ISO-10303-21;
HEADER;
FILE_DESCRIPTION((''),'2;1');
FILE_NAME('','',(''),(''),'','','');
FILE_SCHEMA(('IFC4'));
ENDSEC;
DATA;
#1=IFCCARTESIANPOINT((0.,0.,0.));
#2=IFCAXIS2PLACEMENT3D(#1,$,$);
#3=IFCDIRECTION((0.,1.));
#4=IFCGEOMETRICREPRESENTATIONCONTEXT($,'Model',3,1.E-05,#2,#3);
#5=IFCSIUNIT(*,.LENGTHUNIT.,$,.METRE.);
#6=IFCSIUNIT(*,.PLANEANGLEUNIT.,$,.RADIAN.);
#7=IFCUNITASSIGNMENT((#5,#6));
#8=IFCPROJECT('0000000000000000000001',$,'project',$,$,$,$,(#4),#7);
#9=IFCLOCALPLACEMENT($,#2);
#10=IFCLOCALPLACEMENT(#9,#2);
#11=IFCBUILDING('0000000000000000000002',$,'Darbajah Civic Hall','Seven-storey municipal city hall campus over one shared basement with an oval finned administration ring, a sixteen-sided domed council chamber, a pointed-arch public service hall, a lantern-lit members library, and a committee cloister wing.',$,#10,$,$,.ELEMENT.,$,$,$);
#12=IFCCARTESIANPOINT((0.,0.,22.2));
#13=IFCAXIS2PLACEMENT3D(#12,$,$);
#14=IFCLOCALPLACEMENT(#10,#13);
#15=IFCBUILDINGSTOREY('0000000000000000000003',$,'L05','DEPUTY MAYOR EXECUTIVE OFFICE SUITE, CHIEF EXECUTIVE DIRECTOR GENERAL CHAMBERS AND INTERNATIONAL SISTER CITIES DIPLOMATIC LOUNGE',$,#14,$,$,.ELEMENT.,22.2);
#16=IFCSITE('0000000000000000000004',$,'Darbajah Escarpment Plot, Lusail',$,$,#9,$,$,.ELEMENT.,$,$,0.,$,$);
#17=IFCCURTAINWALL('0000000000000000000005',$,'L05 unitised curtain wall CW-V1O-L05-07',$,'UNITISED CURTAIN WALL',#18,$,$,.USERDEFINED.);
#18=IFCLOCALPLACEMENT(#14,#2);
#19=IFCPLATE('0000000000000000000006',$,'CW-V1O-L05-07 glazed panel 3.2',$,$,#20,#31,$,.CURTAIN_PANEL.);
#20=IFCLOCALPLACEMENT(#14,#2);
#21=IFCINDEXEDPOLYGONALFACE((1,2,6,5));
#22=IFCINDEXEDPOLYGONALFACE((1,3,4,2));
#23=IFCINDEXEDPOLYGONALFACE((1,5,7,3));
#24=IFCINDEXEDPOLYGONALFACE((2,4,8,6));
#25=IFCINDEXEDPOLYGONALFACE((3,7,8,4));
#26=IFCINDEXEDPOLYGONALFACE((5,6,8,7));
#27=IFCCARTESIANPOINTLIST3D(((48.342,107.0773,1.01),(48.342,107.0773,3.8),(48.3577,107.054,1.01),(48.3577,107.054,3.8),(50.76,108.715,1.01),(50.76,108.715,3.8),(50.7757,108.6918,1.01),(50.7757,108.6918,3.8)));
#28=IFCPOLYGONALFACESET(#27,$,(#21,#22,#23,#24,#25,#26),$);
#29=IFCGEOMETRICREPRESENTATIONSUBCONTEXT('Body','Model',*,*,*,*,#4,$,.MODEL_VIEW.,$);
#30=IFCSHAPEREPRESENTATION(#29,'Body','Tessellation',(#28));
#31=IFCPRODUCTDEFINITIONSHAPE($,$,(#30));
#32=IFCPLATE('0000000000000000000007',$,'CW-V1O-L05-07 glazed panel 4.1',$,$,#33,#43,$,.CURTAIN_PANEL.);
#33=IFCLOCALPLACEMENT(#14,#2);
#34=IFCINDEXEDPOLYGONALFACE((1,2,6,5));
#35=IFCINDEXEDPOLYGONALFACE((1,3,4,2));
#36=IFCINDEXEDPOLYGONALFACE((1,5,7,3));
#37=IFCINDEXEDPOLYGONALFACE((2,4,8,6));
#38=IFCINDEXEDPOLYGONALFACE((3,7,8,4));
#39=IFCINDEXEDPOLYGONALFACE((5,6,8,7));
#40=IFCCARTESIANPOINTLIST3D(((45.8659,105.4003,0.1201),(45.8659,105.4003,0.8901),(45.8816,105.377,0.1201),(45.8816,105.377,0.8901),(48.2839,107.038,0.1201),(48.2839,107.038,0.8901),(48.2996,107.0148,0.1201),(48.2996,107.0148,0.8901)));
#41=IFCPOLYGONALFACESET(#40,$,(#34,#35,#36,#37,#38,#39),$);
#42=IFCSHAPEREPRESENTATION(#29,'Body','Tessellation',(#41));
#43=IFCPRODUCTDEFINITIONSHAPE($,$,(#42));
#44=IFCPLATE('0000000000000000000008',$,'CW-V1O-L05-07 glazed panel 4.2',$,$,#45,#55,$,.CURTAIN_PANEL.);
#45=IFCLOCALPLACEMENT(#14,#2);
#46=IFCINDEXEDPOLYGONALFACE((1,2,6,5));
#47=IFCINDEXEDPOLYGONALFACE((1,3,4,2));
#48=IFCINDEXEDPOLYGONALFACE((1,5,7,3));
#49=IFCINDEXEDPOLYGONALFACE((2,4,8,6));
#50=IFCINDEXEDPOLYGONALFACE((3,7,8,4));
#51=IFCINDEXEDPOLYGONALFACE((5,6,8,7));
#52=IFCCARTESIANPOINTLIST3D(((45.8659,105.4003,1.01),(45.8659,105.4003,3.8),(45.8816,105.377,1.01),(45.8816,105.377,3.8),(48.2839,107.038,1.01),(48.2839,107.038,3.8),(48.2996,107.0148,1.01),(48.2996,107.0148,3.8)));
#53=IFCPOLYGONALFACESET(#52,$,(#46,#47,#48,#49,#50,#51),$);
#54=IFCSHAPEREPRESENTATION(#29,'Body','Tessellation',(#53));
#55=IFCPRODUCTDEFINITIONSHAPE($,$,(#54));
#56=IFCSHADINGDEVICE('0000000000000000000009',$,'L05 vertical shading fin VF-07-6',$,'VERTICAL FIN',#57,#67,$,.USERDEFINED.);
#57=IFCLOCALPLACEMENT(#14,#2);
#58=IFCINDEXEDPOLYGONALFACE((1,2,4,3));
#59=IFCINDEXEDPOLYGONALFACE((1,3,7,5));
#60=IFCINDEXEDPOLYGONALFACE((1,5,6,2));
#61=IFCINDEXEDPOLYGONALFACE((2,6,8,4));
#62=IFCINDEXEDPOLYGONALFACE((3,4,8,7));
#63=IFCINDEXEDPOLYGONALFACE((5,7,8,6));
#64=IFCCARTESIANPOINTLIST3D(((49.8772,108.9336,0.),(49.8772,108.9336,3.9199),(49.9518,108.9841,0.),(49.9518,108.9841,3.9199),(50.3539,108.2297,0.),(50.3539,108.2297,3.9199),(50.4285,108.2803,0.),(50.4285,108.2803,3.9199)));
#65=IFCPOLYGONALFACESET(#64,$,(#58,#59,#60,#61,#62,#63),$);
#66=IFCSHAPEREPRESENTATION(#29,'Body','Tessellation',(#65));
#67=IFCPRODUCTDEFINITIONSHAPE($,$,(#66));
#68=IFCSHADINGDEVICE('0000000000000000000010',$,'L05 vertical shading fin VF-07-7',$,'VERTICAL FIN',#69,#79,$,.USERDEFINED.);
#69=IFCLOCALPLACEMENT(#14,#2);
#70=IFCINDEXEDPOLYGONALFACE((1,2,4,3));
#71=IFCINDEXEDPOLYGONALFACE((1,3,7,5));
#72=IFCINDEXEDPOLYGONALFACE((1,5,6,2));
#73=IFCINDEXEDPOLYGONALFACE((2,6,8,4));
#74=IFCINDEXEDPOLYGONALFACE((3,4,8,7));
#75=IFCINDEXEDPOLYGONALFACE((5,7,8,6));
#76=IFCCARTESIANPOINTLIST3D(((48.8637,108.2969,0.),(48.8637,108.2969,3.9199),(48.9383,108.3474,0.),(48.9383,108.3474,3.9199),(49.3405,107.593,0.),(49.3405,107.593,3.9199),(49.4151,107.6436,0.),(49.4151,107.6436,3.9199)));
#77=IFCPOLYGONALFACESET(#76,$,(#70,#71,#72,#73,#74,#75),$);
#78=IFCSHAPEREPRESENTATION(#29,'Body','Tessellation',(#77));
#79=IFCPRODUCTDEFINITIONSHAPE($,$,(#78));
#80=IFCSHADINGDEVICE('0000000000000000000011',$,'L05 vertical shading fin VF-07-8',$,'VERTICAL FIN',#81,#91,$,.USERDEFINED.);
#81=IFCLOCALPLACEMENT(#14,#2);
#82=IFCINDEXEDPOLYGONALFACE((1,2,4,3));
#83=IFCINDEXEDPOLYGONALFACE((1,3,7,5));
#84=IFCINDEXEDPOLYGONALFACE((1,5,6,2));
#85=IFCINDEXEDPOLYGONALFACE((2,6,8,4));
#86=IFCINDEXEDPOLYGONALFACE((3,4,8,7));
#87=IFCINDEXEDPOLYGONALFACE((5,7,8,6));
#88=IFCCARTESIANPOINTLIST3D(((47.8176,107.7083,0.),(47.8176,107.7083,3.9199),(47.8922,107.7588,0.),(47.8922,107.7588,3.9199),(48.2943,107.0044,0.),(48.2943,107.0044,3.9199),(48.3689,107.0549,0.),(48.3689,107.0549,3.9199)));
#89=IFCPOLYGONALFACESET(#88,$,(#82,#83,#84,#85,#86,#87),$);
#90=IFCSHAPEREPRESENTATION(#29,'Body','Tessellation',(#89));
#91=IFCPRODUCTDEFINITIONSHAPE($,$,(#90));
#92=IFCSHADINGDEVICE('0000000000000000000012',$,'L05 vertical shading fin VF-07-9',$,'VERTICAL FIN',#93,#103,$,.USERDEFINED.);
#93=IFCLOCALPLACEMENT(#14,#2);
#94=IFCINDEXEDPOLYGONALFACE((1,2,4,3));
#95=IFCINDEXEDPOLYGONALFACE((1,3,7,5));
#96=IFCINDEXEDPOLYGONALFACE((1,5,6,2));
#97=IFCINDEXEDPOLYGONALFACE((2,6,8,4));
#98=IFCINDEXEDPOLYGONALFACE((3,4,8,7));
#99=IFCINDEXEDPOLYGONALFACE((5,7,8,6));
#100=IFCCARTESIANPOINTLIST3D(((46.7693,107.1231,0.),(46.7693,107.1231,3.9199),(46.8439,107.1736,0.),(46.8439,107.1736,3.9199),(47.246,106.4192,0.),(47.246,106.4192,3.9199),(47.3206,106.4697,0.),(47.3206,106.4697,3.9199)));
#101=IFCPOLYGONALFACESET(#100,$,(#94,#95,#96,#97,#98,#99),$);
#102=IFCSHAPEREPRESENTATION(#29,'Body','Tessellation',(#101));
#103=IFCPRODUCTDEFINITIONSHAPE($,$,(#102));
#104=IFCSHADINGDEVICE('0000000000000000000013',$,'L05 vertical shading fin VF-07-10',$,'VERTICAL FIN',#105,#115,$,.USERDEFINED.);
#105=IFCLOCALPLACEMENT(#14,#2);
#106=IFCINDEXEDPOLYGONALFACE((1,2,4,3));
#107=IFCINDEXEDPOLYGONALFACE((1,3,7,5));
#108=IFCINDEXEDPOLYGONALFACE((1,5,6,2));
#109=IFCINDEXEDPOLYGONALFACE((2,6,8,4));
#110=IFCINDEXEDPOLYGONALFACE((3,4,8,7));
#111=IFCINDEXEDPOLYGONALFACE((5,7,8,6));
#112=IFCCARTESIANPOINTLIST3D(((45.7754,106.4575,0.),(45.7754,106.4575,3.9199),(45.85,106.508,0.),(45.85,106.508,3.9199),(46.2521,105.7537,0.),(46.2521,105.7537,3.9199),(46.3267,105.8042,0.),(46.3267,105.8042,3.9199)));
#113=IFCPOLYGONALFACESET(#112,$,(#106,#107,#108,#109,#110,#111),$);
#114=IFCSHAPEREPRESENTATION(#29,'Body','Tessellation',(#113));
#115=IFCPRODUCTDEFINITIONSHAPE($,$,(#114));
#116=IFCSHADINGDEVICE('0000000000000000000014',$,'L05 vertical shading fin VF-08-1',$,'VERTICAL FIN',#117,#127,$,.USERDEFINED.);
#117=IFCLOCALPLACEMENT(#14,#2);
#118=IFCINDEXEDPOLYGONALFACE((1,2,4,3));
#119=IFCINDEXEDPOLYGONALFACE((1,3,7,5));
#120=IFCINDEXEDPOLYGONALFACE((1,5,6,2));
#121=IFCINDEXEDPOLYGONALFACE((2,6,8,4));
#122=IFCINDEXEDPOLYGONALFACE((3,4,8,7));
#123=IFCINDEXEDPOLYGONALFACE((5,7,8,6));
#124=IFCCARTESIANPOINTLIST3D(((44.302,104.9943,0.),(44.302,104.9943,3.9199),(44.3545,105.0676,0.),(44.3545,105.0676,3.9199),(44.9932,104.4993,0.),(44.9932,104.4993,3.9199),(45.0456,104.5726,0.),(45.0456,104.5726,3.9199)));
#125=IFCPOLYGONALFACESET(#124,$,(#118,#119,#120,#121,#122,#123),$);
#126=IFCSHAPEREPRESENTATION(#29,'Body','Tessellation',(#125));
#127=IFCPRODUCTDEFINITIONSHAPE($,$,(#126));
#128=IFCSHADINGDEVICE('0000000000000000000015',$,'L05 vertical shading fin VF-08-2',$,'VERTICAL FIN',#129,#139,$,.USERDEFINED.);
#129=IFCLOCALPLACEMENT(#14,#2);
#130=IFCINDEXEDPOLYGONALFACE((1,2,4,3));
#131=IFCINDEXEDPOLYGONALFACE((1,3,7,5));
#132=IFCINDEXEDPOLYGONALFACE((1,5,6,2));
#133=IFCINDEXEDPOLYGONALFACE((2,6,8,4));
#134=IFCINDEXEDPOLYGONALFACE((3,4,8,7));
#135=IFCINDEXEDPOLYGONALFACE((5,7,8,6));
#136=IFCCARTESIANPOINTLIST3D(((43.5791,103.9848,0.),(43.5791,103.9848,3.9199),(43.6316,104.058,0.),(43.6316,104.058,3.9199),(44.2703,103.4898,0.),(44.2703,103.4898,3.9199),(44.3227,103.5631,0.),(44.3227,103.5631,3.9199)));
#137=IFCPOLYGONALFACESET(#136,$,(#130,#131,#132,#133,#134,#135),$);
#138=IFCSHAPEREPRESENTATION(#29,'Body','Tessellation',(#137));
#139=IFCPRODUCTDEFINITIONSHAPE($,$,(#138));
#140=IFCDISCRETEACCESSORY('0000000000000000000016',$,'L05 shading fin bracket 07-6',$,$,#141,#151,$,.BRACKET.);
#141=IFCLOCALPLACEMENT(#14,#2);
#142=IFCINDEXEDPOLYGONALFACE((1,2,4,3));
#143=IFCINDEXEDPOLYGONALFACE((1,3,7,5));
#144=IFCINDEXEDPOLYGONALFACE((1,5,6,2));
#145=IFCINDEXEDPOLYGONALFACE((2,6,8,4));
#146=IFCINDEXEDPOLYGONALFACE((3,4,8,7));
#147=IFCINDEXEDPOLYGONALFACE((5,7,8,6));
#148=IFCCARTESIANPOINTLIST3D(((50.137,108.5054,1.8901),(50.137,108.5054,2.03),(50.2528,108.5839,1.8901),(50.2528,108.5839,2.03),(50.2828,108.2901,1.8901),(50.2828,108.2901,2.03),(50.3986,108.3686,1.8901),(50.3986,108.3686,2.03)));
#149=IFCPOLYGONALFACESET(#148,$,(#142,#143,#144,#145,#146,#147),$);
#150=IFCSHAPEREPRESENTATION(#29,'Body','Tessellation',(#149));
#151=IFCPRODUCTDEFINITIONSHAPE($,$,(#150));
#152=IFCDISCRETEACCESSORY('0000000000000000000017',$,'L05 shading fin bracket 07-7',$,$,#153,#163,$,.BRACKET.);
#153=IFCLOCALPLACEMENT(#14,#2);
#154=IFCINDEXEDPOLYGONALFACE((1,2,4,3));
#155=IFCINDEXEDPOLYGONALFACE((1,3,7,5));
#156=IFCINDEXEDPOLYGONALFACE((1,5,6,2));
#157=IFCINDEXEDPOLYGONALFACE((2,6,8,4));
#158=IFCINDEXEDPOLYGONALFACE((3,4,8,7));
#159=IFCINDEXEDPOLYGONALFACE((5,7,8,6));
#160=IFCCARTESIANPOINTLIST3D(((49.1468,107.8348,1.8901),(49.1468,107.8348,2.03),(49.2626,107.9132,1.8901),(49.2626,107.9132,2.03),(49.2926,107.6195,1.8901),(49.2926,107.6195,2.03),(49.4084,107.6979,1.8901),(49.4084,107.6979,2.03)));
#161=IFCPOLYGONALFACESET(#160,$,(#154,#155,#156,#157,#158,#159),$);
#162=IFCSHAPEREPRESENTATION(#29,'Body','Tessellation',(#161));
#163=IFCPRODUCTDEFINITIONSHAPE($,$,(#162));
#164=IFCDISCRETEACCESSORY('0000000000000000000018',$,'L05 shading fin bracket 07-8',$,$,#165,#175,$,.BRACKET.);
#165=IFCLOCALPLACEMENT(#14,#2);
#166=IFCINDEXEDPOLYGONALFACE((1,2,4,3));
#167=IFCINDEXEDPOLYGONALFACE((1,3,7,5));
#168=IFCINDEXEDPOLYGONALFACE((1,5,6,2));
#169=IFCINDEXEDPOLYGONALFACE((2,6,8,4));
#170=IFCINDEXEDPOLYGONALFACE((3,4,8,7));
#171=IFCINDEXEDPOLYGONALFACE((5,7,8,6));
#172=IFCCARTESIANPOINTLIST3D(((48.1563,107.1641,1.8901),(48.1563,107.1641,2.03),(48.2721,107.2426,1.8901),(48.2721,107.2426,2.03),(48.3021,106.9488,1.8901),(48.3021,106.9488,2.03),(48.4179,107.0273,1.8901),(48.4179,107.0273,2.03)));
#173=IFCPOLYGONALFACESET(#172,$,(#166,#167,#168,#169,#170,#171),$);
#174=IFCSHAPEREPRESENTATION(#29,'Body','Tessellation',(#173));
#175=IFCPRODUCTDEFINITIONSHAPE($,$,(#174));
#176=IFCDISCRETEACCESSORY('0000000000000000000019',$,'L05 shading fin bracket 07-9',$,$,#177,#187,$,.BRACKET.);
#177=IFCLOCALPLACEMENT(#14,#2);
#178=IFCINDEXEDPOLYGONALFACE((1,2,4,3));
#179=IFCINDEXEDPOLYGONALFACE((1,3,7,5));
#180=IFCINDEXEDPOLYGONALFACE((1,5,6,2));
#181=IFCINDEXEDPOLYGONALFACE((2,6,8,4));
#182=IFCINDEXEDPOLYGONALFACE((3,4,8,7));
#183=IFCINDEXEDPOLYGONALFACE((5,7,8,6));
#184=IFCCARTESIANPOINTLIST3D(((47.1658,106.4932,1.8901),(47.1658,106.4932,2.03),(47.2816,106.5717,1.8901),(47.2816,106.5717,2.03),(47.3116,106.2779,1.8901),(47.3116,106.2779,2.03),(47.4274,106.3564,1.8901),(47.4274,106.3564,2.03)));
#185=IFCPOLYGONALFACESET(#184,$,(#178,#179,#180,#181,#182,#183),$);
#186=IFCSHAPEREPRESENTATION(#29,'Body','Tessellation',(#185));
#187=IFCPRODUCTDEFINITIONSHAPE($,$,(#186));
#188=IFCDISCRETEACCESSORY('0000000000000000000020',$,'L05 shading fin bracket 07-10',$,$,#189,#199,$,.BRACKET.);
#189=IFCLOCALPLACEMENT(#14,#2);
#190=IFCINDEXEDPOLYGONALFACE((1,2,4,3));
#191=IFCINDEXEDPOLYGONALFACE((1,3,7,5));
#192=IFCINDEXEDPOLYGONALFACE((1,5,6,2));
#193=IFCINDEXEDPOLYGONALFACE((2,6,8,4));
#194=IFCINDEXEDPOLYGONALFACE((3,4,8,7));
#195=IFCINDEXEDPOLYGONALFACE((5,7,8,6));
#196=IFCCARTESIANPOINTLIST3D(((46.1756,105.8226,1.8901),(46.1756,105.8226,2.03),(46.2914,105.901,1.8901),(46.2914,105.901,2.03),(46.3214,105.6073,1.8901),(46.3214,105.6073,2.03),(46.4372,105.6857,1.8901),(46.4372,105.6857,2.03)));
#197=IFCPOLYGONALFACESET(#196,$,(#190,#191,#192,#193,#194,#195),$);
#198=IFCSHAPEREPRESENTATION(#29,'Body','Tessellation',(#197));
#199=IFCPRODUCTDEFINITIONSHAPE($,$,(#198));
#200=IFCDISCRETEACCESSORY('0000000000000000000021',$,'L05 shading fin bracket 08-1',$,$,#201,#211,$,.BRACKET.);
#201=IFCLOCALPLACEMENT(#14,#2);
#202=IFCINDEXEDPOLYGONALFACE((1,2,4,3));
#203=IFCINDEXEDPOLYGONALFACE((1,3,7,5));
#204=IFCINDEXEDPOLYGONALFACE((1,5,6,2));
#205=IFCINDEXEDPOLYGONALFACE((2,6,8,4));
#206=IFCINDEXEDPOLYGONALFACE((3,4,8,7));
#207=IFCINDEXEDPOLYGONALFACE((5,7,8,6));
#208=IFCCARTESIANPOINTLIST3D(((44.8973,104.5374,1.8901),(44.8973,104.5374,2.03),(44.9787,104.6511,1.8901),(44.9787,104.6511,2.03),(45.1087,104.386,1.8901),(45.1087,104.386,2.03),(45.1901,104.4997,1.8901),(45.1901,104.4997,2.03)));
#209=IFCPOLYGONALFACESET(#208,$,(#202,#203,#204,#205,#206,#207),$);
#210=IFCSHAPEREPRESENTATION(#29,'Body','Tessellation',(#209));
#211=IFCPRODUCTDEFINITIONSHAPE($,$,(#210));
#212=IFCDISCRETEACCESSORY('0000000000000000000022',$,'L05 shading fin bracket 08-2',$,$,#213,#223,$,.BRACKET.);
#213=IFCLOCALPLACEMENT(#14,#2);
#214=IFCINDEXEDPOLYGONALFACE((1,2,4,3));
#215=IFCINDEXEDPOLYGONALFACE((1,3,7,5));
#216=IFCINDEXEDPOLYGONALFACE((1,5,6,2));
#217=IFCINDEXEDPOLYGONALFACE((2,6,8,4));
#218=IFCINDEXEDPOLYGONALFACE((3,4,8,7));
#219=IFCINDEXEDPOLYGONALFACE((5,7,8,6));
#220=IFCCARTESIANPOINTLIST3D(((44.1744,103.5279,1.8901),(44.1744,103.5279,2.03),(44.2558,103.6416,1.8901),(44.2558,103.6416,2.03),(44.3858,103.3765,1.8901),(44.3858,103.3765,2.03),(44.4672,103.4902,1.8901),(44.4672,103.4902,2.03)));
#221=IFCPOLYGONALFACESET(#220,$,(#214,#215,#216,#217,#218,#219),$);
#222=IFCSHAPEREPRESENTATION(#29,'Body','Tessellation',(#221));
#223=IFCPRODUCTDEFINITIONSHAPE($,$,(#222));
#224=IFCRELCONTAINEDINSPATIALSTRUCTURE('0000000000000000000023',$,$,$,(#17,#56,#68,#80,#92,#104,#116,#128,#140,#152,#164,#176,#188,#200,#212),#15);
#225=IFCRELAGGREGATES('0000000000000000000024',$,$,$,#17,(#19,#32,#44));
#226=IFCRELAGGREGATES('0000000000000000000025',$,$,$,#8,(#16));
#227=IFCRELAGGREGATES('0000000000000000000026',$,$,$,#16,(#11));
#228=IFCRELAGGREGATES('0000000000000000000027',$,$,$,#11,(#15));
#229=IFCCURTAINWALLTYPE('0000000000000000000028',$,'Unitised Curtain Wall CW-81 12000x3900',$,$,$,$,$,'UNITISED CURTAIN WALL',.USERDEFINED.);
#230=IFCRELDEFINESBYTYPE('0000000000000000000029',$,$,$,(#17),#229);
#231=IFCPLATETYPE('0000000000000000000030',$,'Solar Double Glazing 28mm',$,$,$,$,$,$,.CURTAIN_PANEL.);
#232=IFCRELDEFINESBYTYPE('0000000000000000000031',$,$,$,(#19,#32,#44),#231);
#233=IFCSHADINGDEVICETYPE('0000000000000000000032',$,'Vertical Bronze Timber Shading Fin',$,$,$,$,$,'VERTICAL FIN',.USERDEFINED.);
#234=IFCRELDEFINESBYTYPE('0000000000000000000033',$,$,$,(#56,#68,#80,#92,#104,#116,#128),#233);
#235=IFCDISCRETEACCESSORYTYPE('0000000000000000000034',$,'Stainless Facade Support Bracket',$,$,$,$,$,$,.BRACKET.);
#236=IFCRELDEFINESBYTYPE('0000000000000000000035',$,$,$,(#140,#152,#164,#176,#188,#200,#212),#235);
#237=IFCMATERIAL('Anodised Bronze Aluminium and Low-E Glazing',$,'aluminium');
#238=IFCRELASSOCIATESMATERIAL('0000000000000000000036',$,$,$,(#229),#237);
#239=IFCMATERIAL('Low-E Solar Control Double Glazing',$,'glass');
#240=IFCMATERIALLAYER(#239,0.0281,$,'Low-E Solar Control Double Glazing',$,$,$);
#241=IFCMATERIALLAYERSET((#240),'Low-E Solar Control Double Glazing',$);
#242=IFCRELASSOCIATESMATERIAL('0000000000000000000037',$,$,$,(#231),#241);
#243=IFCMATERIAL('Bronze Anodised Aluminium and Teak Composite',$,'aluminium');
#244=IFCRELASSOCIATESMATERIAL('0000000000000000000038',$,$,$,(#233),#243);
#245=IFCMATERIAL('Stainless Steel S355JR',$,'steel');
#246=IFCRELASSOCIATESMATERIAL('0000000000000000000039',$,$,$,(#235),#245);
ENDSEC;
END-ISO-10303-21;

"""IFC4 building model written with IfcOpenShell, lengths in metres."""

from ifc_helpers import new_model, si_unit, direction, frame, origin, origin_2d, place, context, subcontext, project, spatial, rectangle, extrude, material, layer, layer_set, type_object, element, aggregate, save


model = new_model("IFC4")

# Units and contexts
model_context = context("Model", 3, precision=1e-05, world=origin(), true_north=direction((0.0, 1.0)))
body_context = subcontext(model_context, "Body", "Model", "MODEL_VIEW")
ifc_project = project(units=[si_unit("LENGTHUNIT", "METRE"), si_unit("PLANEANGLEUNIT", "RADIAN")], contexts=[model_context])

# Site, building, storey
site_placement = place(None, origin())
site = spatial("IfcSite", under=ifc_project, at=site_placement, Name="Darbajah Escarpment Plot, Lusail", CompositionType="ELEMENT", RefElevation=0.0)
building_placement = place(site_placement, origin())
building = spatial("IfcBuilding", under=site, at=building_placement, Name="Darbajah Civic Hall", Description="Seven-storey municipal city hall campus over one shared basement with an oval finned administration ring, a sixteen-sided domed council chamber, a pointed-arch public service hall, a lantern-lit members library, and a committee cloister wing.", CompositionType="ELEMENT")
storey_placement = place(building_placement, frame((0.0, 0.0, 22.2)))
storey = spatial("IfcBuildingStorey", under=building, at=storey_placement, Name="L05", Description="DEPUTY MAYOR EXECUTIVE OFFICE SUITE, CHIEF EXECUTIVE DIRECTOR GENERAL CHAMBERS AND INTERNATIONAL SISTER CITIES DIPLOMATIC LOUNGE", CompositionType="ELEMENT", Elevation=22.2)

# Shared definitions
ifc_material_1 = material(Name="Anodised Bronze Aluminium and Low-E Glazing", Category="aluminium")

# Curtain wall
curtain_wall_type_1 = type_object("IfcCurtainWallType", Name="Unitised Curtain Wall CW-81 12000x3900", ElementType="UNITISED CURTAIN WALL", PredefinedType="USERDEFINED", material=ifc_material_1)
curtain_wall_1_placement = place(storey_placement, origin())
curtain_wall_1 = element("IfcCurtainWall", 1, at=curtain_wall_1_placement, inside=storey, type_object=curtain_wall_type_1, Name="L05 unitised curtain wall CW-V1O-L05-07", ObjectType="UNITISED CURTAIN WALL", PredefinedType="USERDEFINED")

# Plates
ifc_material_2 = material(Name="Low-E Solar Control Double Glazing", Category="glass")
ifc_layer_1 = layer(ifc_material_2, 0.0281, Name="Low-E Solar Control Double Glazing")
ifc_layer_set_1 = layer_set([ifc_layer_1], Name="Low-E Solar Control Double Glazing")
plate_type_1 = type_object("IfcPlateType", Name="Solar Double Glazing 28mm", PredefinedType="CURTAIN_PANEL", material=ifc_layer_set_1)
plate_1_placement = place(storey_placement, frame((49.5588, 107.8845, 1.01), z_axis=(0.0, 0.0, 1.0), x_axis=(-0.827962, -0.560784, 0.0)))
plate_1 = element("IfcPlate", 2, at=plate_1_placement, type_object=plate_type_1, Name="CW-V1O-L05-07 glazed panel 3.2", PredefinedType="CURTAIN_PANEL", context=body_context, shape_type="SweptSolid", body=[
    extrude(rectangle(XDim=2.9204, YDim=0.0281, at=origin_2d()), origin(), (0.0, 0.0, 1.0), 2.79),
])
plate_2_placement = place(storey_placement, frame((47.0828, 106.2075, 0.1201), z_axis=(0.0, 0.0, 1.0), x_axis=(-0.827962, -0.560784, 0.0)))
plate_2 = element("IfcPlate", 3, at=plate_2_placement, type_object=plate_type_1, Name="CW-V1O-L05-07 glazed panel 4.1", PredefinedType="CURTAIN_PANEL", context=body_context, shape_type="SweptSolid", body=[
    extrude(rectangle(XDim=2.9204, YDim=0.0281, at=origin_2d()), origin(), (0.0, 0.0, 1.0), 0.77),
])
plate_3_placement = place(storey_placement, frame((47.0828, 106.2075, 1.01), z_axis=(0.0, 0.0, 1.0), x_axis=(-0.827962, -0.560784, 0.0)))
plate_3 = element("IfcPlate", 4, at=plate_3_placement, type_object=plate_type_1, Name="CW-V1O-L05-07 glazed panel 4.2", PredefinedType="CURTAIN_PANEL", context=body_context, shape_type="SweptSolid", body=[
    extrude(rectangle(XDim=2.9204, YDim=0.0281, at=origin_2d()), origin(), (0.0, 0.0, 1.0), 2.79),
])
aggregate(curtain_wall_1, [plate_1, plate_2, plate_3])

# Shading devices
ifc_material_3 = material(Name="Bronze Anodised Aluminium and Teak Composite", Category="aluminium")
shading_device_type = type_object("IfcShadingDeviceType", Name="Vertical Bronze Timber Shading Fin", ElementType="VERTICAL FIN", PredefinedType="USERDEFINED", material=ifc_material_3)
for number, where, z_axis, x_axis, name in (
    (5, (50.1528, 108.6069, 0.0), (0.0, 0.0, 1.0), (-0.560784, 0.827962, 0.0), "L05 vertical shading fin VF-07-6"),
    (6, (49.1394, 107.9702, 0.0), (0.0, 0.0, 1.0), (-0.560784, 0.827962, 0.0), "L05 vertical shading fin VF-07-7"),
    (7, (48.0933, 107.3816, 0.0), (0.0, 0.0, 1.0), (-0.560784, 0.827962, 0.0), "L05 vertical shading fin VF-07-8"),
    (8, (47.0449, 106.7964, 0.0), (0.0, 0.0, 1.0), (-0.560784, 0.827962, 0.0), "L05 vertical shading fin VF-07-9"),
    (9, (46.051, 106.1309, 0.0), (0.0, 0.0, 1.0), (-0.560784, 0.827962, 0.0), "L05 vertical shading fin VF-07-10"),
    (10, (44.6738, 104.7834, 0.0), (0.0, 0.0, 1.0), (-0.812999, 0.582265, 0.0), "L05 vertical shading fin VF-08-1"),
    (11, (43.9509, 103.7739, 0.0), (0.0, 0.0, 1.0), (-0.812999, 0.582265, 0.0), "L05 vertical shading fin VF-08-2"),
):
    element("IfcShadingDevice", number, at=place(storey_placement, frame(where, z_axis=z_axis, x_axis=x_axis)), inside=storey, type_object=shading_device_type, Name=name, ObjectType="VERTICAL FIN", PredefinedType="USERDEFINED", context=body_context, shape_type="SweptSolid", body=[
        extrude(rectangle(XDim=0.8501, YDim=0.0901, at=origin_2d()), origin(), (0.0, 0.0, 1.0), 3.9199),
    ])

# Discrete accessories
ifc_material_4 = material(Name="Stainless Steel S355JR", Category="steel")
discrete_accessory_type = type_object("IfcDiscreteAccessoryType", Name="Stainless Facade Support Bracket", PredefinedType="BRACKET", material=ifc_material_4)
for number, where, z_axis, x_axis, name in (
    (12, (50.2678, 108.437, 1.8901), (0.0, 0.0, 1.0), (-0.560784, 0.827962, 0.0), "L05 shading fin bracket 07-6"),
    (13, (49.2776, 107.7664, 1.8901), (0.0, 0.0, 1.0), (-0.560784, 0.827962, 0.0), "L05 shading fin bracket 07-7"),
    (14, (48.2871, 107.0957, 1.8901), (0.0, 0.0, 1.0), (-0.560784, 0.827962, 0.0), "L05 shading fin bracket 07-8"),
    (15, (47.2966, 106.4248, 1.8901), (0.0, 0.0, 1.0), (-0.560784, 0.827962, 0.0), "L05 shading fin bracket 07-9"),
    (16, (46.3064, 105.7542, 1.8901), (0.0, 0.0, 1.0), (-0.560784, 0.827962, 0.0), "L05 shading fin bracket 07-10"),
    (17, (45.0437, 104.5186, 1.8901), (0.0, 0.0, 1.0), (-0.812999, 0.582265, 0.0), "L05 shading fin bracket 08-1"),
    (18, (44.3208, 103.509, 1.8901), (0.0, 0.0, 1.0), (-0.812999, 0.582265, 0.0), "L05 shading fin bracket 08-2"),
):
    element("IfcDiscreteAccessory", number, at=place(storey_placement, frame(where, z_axis=z_axis, x_axis=x_axis)), inside=storey, type_object=discrete_accessory_type, Name=name, PredefinedType="BRACKET", context=body_context, shape_type="SweptSolid", body=[
        extrude(rectangle(XDim=0.26, YDim=0.1399, at=origin_2d()), origin(), (0.0, 0.0, 1.0), 0.1399),
    ])

save(model, "model.ifc")
